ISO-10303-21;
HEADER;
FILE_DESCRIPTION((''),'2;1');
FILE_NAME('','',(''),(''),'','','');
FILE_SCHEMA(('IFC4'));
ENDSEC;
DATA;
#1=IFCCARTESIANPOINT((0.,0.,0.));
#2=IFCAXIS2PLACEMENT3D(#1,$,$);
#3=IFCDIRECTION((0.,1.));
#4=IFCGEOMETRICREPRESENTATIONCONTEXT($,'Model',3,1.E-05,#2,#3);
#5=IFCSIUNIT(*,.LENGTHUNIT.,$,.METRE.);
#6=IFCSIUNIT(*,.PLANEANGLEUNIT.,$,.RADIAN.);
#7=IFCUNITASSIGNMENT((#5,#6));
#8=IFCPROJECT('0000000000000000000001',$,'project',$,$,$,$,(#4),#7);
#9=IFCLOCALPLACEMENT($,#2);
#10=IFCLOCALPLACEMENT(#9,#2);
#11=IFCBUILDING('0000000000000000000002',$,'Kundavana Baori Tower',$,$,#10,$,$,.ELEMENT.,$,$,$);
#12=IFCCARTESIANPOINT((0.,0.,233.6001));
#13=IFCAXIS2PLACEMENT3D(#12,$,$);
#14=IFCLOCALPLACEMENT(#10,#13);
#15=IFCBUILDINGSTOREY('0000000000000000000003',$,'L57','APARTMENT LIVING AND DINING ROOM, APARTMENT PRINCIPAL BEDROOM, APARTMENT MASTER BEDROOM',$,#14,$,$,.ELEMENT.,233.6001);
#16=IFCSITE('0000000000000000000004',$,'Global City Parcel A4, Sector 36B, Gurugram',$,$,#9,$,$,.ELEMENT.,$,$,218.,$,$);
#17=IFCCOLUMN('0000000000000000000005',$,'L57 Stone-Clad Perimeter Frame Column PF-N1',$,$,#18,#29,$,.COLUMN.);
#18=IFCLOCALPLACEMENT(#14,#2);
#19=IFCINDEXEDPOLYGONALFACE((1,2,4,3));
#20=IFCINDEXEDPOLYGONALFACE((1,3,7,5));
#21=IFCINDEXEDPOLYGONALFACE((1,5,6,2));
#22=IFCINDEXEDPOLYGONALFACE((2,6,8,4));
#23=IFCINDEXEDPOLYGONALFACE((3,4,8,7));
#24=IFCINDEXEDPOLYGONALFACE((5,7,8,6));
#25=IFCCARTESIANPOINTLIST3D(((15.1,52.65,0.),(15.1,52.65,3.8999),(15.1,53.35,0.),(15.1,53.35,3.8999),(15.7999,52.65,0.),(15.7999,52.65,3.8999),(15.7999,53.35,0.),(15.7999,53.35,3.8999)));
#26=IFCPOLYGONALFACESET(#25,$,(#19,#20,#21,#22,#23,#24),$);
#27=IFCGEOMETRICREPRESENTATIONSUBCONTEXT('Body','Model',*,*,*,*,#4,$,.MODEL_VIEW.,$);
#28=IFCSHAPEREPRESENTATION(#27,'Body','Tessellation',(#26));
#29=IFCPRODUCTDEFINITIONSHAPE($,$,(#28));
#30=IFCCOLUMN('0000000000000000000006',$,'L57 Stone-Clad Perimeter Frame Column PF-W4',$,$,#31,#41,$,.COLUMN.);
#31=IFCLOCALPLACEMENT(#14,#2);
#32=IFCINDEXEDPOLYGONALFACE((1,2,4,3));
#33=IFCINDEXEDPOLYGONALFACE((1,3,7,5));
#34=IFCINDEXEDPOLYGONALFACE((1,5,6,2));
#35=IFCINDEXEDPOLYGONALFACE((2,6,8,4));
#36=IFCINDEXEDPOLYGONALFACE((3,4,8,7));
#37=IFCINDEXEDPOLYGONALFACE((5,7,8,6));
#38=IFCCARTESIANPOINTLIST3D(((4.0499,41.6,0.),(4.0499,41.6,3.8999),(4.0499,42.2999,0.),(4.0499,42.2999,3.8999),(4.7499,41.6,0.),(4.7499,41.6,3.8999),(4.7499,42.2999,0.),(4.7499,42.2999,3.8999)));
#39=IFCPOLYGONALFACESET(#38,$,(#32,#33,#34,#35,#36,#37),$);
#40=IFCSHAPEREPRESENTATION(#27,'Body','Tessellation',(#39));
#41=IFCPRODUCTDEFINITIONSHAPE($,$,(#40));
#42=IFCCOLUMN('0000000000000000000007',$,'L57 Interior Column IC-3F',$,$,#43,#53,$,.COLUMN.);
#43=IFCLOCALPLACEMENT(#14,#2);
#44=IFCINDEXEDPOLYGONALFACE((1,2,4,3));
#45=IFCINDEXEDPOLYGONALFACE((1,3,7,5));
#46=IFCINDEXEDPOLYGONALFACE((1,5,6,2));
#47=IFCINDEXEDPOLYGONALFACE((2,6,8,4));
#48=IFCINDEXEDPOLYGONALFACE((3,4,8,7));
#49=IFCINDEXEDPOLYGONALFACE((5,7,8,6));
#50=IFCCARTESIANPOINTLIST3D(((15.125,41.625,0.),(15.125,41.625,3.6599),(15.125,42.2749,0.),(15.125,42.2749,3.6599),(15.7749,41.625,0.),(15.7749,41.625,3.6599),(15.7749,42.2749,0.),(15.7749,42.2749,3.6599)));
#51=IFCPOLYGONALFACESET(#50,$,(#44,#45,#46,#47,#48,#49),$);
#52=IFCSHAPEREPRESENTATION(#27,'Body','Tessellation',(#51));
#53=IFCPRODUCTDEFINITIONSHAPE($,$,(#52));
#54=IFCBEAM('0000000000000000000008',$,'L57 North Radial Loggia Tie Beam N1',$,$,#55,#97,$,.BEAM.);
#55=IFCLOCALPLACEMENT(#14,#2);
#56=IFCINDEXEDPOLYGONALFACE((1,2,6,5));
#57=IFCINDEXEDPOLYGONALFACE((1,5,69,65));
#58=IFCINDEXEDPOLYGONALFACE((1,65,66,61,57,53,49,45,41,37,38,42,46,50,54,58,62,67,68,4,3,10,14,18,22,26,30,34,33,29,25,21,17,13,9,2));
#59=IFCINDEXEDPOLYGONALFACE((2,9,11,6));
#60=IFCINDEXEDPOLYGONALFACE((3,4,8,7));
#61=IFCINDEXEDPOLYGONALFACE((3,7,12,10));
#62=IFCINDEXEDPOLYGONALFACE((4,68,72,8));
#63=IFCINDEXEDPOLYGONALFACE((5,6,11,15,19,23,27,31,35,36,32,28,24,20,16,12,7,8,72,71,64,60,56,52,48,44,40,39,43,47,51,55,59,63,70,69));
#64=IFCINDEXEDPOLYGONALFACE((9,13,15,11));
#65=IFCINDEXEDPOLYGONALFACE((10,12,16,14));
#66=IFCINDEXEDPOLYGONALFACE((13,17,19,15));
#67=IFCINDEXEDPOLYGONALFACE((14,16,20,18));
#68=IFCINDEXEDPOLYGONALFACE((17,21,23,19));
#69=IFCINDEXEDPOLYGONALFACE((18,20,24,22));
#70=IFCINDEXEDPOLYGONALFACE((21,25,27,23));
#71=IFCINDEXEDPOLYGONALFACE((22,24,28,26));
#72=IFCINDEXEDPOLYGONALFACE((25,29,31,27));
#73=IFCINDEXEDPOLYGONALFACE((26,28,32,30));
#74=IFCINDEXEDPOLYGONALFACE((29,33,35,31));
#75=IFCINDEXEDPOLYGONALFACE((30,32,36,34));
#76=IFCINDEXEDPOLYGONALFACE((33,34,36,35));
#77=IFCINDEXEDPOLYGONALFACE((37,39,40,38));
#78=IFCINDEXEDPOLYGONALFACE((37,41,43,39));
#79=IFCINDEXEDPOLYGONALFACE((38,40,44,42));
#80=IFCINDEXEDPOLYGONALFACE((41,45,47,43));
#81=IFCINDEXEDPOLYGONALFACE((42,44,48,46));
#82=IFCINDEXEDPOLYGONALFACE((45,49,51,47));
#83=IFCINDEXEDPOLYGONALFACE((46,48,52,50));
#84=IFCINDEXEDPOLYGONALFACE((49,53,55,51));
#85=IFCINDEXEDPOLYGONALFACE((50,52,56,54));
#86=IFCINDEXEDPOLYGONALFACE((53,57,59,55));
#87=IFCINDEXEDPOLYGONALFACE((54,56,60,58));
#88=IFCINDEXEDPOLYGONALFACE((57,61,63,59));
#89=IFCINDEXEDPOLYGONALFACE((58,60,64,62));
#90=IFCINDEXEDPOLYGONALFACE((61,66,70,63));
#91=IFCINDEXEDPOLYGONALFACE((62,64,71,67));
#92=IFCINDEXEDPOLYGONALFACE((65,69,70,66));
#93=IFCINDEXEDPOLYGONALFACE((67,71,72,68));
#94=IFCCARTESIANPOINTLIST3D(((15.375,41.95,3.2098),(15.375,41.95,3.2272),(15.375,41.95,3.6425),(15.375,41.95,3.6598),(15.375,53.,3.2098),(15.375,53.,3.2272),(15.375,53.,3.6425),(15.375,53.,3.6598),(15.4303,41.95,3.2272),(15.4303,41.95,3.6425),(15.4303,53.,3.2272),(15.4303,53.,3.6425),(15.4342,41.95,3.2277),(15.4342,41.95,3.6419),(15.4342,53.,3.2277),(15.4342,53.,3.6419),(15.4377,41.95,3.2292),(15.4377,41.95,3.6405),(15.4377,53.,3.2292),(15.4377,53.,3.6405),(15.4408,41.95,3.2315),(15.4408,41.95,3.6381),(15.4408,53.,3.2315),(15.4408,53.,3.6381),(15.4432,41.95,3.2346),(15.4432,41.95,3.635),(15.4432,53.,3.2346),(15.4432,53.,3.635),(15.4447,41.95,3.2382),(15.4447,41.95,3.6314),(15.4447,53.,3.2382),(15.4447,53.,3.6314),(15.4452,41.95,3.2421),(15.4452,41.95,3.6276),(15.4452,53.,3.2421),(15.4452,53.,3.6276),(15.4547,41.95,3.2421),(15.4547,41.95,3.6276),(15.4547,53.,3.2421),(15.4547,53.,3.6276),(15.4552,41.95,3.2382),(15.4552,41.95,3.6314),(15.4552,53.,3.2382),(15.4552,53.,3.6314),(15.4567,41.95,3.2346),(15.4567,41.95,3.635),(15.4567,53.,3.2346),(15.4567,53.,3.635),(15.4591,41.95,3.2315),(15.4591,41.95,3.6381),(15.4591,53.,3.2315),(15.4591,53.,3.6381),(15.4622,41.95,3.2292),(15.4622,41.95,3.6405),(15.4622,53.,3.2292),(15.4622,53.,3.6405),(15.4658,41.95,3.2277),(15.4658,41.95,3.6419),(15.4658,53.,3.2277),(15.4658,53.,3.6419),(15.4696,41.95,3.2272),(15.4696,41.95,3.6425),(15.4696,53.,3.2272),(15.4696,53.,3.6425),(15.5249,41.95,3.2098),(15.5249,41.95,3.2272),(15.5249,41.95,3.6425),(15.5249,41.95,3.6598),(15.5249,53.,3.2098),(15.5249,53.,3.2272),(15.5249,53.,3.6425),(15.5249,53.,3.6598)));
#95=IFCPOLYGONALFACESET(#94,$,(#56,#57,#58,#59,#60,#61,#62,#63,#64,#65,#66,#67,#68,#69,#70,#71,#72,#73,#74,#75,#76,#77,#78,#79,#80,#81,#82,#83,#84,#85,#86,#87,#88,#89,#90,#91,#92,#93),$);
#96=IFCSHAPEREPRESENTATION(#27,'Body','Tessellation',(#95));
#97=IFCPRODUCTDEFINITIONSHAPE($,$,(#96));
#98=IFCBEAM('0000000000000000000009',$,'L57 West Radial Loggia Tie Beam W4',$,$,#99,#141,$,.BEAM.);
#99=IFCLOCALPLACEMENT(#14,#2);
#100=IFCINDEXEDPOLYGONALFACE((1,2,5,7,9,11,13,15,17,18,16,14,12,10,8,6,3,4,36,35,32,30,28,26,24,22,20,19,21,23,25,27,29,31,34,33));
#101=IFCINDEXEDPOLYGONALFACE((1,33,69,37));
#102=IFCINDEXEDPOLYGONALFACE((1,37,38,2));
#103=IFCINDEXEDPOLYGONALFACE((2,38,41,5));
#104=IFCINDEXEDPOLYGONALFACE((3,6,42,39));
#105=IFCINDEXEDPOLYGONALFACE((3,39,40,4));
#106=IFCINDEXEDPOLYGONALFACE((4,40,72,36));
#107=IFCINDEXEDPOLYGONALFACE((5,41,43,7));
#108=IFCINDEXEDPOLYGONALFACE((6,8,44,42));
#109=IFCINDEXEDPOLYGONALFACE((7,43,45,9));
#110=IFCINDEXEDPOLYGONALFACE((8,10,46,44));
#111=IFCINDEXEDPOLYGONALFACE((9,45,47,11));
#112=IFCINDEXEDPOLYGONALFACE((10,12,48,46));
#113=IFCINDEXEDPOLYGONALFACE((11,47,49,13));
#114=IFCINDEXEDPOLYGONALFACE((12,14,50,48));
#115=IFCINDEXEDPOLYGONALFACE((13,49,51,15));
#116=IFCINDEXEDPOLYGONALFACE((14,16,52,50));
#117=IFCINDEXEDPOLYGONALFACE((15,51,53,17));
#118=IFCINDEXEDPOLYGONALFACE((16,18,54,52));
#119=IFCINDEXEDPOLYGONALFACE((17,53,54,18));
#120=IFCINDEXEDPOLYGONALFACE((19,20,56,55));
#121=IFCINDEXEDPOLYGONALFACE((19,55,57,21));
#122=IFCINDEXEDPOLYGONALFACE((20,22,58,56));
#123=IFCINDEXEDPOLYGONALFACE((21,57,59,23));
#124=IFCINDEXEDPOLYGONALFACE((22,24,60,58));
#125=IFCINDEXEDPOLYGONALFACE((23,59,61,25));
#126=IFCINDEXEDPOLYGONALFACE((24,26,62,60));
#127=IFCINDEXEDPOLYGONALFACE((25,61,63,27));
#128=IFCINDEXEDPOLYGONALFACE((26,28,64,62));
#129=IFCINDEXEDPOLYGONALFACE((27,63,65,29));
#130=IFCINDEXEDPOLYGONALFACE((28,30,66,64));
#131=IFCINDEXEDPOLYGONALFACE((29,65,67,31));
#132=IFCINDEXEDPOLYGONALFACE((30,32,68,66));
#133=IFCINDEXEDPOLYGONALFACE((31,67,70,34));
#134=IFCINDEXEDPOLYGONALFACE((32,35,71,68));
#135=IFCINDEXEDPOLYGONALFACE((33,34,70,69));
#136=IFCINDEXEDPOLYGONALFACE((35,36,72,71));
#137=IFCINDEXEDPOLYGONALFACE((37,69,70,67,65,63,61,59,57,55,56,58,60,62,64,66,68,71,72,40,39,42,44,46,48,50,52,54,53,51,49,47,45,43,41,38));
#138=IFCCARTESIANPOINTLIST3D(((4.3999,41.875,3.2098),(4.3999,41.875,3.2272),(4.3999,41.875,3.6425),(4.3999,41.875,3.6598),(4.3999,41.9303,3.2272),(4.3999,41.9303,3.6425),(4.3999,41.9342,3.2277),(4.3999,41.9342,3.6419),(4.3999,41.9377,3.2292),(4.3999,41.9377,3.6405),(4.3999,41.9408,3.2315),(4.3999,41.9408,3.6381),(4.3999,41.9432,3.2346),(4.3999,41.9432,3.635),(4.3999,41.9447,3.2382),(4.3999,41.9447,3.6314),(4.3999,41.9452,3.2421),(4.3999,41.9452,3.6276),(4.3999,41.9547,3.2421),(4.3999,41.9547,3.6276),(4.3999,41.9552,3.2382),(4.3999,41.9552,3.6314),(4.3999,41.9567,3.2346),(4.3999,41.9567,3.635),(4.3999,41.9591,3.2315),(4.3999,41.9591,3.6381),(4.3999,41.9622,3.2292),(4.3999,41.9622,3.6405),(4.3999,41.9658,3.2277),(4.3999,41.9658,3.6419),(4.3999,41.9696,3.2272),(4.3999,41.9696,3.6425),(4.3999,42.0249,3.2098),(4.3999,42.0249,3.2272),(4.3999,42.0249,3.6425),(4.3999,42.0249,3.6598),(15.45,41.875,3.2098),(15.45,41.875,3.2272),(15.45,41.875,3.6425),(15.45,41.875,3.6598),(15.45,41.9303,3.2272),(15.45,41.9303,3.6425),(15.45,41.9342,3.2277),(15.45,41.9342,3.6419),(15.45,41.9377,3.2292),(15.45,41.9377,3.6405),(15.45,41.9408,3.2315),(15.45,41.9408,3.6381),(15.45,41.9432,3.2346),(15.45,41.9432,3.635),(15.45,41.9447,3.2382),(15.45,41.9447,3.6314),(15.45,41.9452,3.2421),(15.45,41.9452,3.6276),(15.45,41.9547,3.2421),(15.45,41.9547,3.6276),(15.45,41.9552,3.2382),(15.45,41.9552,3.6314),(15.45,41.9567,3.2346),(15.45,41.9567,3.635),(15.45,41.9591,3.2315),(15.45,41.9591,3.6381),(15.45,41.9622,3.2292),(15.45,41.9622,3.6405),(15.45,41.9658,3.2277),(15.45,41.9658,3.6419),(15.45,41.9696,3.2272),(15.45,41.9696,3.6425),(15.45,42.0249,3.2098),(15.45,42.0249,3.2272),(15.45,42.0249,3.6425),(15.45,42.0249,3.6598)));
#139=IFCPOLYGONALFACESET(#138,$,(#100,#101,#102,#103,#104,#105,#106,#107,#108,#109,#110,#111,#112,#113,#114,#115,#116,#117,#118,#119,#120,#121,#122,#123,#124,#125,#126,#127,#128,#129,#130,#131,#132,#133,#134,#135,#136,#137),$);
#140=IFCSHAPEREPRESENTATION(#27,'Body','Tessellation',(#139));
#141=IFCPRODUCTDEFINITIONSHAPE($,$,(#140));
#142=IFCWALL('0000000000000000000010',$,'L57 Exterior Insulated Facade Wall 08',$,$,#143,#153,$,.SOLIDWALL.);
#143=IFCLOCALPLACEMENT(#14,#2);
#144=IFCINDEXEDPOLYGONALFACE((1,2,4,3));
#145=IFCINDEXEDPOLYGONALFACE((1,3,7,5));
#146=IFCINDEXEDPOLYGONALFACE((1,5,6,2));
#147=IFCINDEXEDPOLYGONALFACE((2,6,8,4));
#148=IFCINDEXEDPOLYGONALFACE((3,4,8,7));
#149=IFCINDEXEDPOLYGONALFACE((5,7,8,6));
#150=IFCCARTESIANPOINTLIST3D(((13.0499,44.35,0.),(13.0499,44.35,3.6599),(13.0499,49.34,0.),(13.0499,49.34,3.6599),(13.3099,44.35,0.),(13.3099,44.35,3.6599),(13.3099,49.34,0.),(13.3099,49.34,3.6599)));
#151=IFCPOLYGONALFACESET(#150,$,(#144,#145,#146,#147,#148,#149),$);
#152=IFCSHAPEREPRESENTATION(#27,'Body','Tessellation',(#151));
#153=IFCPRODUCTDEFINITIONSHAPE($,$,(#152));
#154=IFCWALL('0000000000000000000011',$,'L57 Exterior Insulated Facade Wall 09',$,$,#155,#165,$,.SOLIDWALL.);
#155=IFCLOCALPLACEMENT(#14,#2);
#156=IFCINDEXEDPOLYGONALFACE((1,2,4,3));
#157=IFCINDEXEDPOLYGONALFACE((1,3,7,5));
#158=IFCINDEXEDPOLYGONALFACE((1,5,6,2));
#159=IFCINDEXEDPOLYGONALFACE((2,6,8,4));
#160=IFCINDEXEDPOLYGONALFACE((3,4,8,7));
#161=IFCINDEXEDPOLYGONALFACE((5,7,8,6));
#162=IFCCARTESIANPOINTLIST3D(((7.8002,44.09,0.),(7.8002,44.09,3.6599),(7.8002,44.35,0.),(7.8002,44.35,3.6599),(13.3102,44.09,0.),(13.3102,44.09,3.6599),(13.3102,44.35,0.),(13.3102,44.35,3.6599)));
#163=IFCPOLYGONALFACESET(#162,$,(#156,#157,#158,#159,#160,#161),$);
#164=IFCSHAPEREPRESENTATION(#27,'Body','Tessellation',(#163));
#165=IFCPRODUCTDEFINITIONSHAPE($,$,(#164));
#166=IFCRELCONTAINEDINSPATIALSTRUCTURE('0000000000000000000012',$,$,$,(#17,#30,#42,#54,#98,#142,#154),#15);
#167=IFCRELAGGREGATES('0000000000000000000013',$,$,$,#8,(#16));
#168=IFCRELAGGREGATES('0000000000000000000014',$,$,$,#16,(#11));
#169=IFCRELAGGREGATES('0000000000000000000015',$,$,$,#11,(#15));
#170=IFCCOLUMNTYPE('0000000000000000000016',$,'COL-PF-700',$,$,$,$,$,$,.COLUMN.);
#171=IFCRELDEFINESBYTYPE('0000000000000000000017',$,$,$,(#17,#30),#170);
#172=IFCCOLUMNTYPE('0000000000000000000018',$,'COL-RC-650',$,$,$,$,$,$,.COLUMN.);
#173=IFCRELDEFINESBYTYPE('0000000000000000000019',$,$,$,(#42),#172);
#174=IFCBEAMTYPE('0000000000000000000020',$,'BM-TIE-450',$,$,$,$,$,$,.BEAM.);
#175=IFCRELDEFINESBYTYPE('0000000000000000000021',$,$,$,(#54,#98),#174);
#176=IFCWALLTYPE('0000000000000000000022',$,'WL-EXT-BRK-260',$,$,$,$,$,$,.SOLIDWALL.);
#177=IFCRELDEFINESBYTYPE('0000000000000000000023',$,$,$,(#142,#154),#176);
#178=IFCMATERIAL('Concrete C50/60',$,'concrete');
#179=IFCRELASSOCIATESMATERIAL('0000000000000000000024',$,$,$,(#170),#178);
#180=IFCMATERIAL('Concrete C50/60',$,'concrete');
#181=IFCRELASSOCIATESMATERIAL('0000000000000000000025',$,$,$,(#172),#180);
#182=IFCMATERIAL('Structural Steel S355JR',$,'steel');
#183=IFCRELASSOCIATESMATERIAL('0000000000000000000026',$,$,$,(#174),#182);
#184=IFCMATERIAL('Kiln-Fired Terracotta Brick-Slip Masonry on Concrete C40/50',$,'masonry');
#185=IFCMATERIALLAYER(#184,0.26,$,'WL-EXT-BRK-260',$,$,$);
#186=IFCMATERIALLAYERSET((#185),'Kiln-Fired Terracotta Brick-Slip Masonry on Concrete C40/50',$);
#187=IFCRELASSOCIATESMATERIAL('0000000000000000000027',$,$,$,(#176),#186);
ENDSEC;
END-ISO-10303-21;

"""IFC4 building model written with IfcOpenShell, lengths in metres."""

from ifc_helpers import new_model, si_unit, direction, frame, frame_2d, origin, origin_2d, place, context, subcontext, project, spatial, rectangle, i_section, extrude, material, layer, layer_set, material_profile, profile_set, type_object, element, save


model = new_model("IFC4")

# Units and contexts
model_context = context("Model", 3, precision=1e-05, world=origin(), true_north=direction((0.0, 1.0)))
body_context = subcontext(model_context, "Body", "Model", "MODEL_VIEW")
ifc_project = project(units=[si_unit("LENGTHUNIT", "METRE"), si_unit("PLANEANGLEUNIT", "RADIAN")], contexts=[model_context])

# Site, building, storey
site_placement = place(None, origin())
site = spatial("IfcSite", under=ifc_project, at=site_placement, Name="Global City Parcel A4, Sector 36B, Gurugram", CompositionType="ELEMENT", RefElevation=218.0)
building_placement = place(site_placement, origin())
building = spatial("IfcBuilding", under=site, at=building_placement, Name="Kundavana Baori Tower", CompositionType="ELEMENT")
storey_placement = place(building_placement, frame((0.0, 0.0, 233.6001)))
storey = spatial("IfcBuildingStorey", under=building, at=storey_placement, Name="L57", Description="APARTMENT LIVING AND DINING ROOM, APARTMENT PRINCIPAL BEDROOM, APARTMENT MASTER BEDROOM", CompositionType="ELEMENT", Elevation=233.6001)

# Columns
ifc_material_1 = material(Name="Concrete C50/60", Category="concrete")
ifc_material_profile_1 = material_profile(ifc_material_1, rectangle(XDim=0.7, YDim=0.7, at=origin_2d()), Name="RC PF 700x700")
ifc_profile_set_1 = profile_set([ifc_material_profile_1], Name="Concrete C50/60")
column_type_1 = type_object("IfcColumnType", Name="COL-PF-700", PredefinedType="COLUMN", material=ifc_profile_set_1)
for number, where, z_axis, x_axis, name in (
    (1, (15.45, 53.0, 0.0), (0.0, 0.0, 1.0), (1.0, 0.0, 0.0), "L57 Stone-Clad Perimeter Frame Column PF-N1"),
    (2, (4.3999, 41.95, 0.0), (0.0, 0.0, 1.0), (1.0, 0.0, 0.0), "L57 Stone-Clad Perimeter Frame Column PF-W4"),
):
    element("IfcColumn", number, at=place(storey_placement, frame(where, z_axis=z_axis, x_axis=x_axis)), inside=storey, type_object=column_type_1, Name=name, PredefinedType="COLUMN", context=body_context, shape_type="SweptSolid", body=[
        extrude(rectangle(XDim=0.7, YDim=0.7, at=origin_2d()), origin(), (0.0, 0.0, 1.0), 3.8999),
    ])
ifc_material_2 = material(Name="Concrete C50/60", Category="concrete")
ifc_material_profile_2 = material_profile(ifc_material_2, rectangle(XDim=0.6499, YDim=0.6499, at=origin_2d()), Name="RC 650x650")
ifc_profile_set_2 = profile_set([ifc_material_profile_2], Name="Concrete C50/60")
column_type_2 = type_object("IfcColumnType", Name="COL-RC-650", PredefinedType="COLUMN", material=ifc_profile_set_2)
column_placement = place(storey_placement, frame((15.45, 41.95, 0.0), z_axis=(0.0, 0.0, 1.0), x_axis=(1.0, 0.0, 0.0)))
element("IfcColumn", 3, at=column_placement, inside=storey, type_object=column_type_2, Name="L57 Interior Column IC-3F", PredefinedType="COLUMN", context=body_context, shape_type="SweptSolid", body=[
    extrude(rectangle(XDim=0.6499, YDim=0.6499, at=origin_2d()), origin(), (0.0, 0.0, 1.0), 3.6599),
])

# Beams
ifc_material_3 = material(Name="Structural Steel S355JR", Category="steel")
ifc_material_profile_3 = material_profile(ifc_material_3, i_section(OverallWidth=0.1499, OverallDepth=0.45, WebThickness=0.0095, FlangeThickness=0.0173, FilletRadius=0.0149, at=origin_2d()), Name="ISMB 450")
ifc_profile_set_3 = profile_set([ifc_material_profile_3], Name="Structural Steel S355JR")
beam_type = type_object("IfcBeamType", Name="BM-TIE-450", PredefinedType="BEAM", material=ifc_profile_set_3)
for number, where, z_axis, x_axis, name in (
    (4, (15.45, 41.95, 3.4348), (0.0, 1.0, 0.0), (-1.0, 0.0, 0.0), "L57 North Radial Loggia Tie Beam N1"),
    (5, (15.45, 41.95, 3.4348), (-1.0, 0.0, 0.0), (0.0, -1.0, 0.0), "L57 West Radial Loggia Tie Beam W4"),
):
    element("IfcBeam", number, at=place(storey_placement, frame(where, z_axis=z_axis, x_axis=x_axis)), inside=storey, type_object=beam_type, Name=name, PredefinedType="BEAM", context=body_context, shape_type="SweptSolid", body=[
        extrude(i_section(OverallWidth=0.1499, OverallDepth=0.45, WebThickness=0.0095, FlangeThickness=0.0173, FilletRadius=0.0149, at=origin_2d()), origin(), (0.0, 0.0, 1.0), 11.05),
    ])

# Walls
ifc_material_4 = material(Name="Kiln-Fired Terracotta Brick-Slip Masonry on Concrete C40/50", Category="masonry")
ifc_layer_1 = layer(ifc_material_4, 0.26, Name="WL-EXT-BRK-260")
ifc_layer_set_1 = layer_set([ifc_layer_1], Name="Kiln-Fired Terracotta Brick-Slip Masonry on Concrete C40/50")
wall_type_1 = type_object("IfcWallType", Name="WL-EXT-BRK-260", PredefinedType="SOLIDWALL", material=ifc_layer_set_1)
wall_1_placement = place(storey_placement, frame((13.1799, 49.3401, 0.0), z_axis=(0.0, 0.0, 1.0), x_axis=(0.0, -1.0, 0.0)))
element("IfcWall", 6, at=wall_1_placement, inside=storey, type_object=wall_type_1, Name="L57 Exterior Insulated Facade Wall 08", PredefinedType="SOLIDWALL", context=body_context, shape_type="SweptSolid", body=[
    extrude(rectangle(XDim=4.99, YDim=0.26, at=frame_2d((2.4951, 0.0))), origin(), (0.0, 0.0, 1.0), 3.6599),
])
wall_2_placement = place(storey_placement, frame((13.3101, 44.22, 0.0), z_axis=(0.0, 0.0, 1.0), x_axis=(-1.0, 0.0, 0.0)))
element("IfcWall", 7, at=wall_2_placement, inside=storey, type_object=wall_type_1, Name="L57 Exterior Insulated Facade Wall 09", PredefinedType="SOLIDWALL", context=body_context, shape_type="SweptSolid", body=[
    extrude(rectangle(XDim=5.51, YDim=0.26, at=frame_2d((2.7549, 0.0))), origin(), (0.0, 0.0, 1.0), 3.6599),
])

save(model, "model.ifc")
